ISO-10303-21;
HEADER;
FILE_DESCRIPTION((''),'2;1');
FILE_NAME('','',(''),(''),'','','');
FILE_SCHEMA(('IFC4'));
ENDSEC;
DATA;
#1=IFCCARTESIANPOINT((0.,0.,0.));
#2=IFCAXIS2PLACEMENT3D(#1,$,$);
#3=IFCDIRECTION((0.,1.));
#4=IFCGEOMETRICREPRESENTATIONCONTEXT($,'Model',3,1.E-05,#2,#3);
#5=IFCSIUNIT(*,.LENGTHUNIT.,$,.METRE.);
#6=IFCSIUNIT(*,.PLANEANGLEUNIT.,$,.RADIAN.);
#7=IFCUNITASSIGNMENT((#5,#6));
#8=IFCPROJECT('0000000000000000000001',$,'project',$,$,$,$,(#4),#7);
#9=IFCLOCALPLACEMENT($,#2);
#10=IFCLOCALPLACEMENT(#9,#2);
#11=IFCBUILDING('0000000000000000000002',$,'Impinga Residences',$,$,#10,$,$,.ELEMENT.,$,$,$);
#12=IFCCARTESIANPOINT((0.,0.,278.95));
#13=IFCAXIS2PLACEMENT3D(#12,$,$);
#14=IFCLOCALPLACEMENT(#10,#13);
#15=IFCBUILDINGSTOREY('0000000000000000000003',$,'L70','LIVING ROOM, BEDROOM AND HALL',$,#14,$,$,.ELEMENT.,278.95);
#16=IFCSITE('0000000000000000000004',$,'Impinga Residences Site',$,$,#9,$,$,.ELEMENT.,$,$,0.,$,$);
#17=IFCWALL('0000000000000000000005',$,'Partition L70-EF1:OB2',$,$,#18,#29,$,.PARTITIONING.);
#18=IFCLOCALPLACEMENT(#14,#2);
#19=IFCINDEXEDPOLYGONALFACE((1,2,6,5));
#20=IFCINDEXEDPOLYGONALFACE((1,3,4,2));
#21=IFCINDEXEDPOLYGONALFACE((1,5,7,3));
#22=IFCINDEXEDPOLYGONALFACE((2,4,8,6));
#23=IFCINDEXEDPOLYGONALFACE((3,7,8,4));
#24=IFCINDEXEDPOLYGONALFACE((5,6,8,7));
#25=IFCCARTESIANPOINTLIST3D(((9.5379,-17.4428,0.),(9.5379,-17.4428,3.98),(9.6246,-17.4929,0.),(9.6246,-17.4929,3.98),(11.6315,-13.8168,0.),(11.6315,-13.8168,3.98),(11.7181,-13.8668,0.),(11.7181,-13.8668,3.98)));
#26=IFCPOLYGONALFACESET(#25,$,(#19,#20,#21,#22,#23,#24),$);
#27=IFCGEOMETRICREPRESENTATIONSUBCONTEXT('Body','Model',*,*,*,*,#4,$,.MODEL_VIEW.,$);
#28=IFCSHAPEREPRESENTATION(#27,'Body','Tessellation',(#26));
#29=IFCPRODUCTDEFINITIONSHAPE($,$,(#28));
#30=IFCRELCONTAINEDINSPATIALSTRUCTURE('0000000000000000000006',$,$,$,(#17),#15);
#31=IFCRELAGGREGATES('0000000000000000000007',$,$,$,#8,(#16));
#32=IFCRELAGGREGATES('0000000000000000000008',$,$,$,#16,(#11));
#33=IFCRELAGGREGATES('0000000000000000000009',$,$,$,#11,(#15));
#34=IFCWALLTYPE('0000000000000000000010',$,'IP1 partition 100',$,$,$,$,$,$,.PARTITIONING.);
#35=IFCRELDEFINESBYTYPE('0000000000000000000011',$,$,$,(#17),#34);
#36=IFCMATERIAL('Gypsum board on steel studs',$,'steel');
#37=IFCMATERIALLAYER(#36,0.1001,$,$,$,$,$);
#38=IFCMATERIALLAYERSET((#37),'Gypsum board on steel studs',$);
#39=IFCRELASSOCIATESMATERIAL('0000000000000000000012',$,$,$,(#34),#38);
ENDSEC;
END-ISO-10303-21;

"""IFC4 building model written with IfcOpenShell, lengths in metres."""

from ifc_helpers import new_model, si_unit, direction, frame, frame_2d, origin, place, context, subcontext, project, spatial, rectangle, extrude, material, layer, layer_set, type_object, element, save


model = new_model("IFC4")

# Units and contexts
model_context = context("Model", 3, precision=1e-05, world=origin(), true_north=direction((0.0, 1.0)))
body_context = subcontext(model_context, "Body", "Model", "MODEL_VIEW")
ifc_project = project(units=[si_unit("LENGTHUNIT", "METRE"), si_unit("PLANEANGLEUNIT", "RADIAN")], contexts=[model_context])

# Site, building, storey
site_placement = place(None, origin())
site = spatial("IfcSite", under=ifc_project, at=site_placement, Name="Impinga Residences Site", CompositionType="ELEMENT", RefElevation=0.0)
building_placement = place(site_placement, origin())
building = spatial("IfcBuilding", under=site, at=building_placement, Name="Impinga Residences", CompositionType="ELEMENT")
storey_placement = place(building_placement, frame((0.0, 0.0, 278.95)))
storey = spatial("IfcBuildingStorey", under=building, at=storey_placement, Name="L70", Description="LIVING ROOM, BEDROOM AND HALL", CompositionType="ELEMENT", Elevation=278.95)

# Wall
ifc_material_1 = material(Name="Gypsum board on steel studs", Category="steel")
ifc_layer_1 = layer(ifc_material_1, 0.1001)
ifc_layer_set_1 = layer_set([ifc_layer_1], Name="Gypsum board on steel studs")
wall_type_1 = type_object("IfcWallType", Name="IP1 partition 100", PredefinedType="PARTITIONING", material=ifc_layer_set_1)
wall_1_placement = place(storey_placement, frame((11.6748, -13.8418, 0.0), z_axis=(0.0, 0.0, 1.0), x_axis=(-0.500008, -0.866021, 0.0)))
element("IfcWall", 1, at=wall_1_placement, inside=storey, type_object=wall_type_1, Name="Partition L70-EF1:OB2", PredefinedType="PARTITIONING", context=body_context, shape_type="SweptSolid", body=[
    extrude(rectangle(XDim=4.187, YDim=0.1001, at=frame_2d((2.0935, 0.0))), origin(), (0.0, 0.0, 1.0), 3.98),
])

save(model, "model.ifc")
